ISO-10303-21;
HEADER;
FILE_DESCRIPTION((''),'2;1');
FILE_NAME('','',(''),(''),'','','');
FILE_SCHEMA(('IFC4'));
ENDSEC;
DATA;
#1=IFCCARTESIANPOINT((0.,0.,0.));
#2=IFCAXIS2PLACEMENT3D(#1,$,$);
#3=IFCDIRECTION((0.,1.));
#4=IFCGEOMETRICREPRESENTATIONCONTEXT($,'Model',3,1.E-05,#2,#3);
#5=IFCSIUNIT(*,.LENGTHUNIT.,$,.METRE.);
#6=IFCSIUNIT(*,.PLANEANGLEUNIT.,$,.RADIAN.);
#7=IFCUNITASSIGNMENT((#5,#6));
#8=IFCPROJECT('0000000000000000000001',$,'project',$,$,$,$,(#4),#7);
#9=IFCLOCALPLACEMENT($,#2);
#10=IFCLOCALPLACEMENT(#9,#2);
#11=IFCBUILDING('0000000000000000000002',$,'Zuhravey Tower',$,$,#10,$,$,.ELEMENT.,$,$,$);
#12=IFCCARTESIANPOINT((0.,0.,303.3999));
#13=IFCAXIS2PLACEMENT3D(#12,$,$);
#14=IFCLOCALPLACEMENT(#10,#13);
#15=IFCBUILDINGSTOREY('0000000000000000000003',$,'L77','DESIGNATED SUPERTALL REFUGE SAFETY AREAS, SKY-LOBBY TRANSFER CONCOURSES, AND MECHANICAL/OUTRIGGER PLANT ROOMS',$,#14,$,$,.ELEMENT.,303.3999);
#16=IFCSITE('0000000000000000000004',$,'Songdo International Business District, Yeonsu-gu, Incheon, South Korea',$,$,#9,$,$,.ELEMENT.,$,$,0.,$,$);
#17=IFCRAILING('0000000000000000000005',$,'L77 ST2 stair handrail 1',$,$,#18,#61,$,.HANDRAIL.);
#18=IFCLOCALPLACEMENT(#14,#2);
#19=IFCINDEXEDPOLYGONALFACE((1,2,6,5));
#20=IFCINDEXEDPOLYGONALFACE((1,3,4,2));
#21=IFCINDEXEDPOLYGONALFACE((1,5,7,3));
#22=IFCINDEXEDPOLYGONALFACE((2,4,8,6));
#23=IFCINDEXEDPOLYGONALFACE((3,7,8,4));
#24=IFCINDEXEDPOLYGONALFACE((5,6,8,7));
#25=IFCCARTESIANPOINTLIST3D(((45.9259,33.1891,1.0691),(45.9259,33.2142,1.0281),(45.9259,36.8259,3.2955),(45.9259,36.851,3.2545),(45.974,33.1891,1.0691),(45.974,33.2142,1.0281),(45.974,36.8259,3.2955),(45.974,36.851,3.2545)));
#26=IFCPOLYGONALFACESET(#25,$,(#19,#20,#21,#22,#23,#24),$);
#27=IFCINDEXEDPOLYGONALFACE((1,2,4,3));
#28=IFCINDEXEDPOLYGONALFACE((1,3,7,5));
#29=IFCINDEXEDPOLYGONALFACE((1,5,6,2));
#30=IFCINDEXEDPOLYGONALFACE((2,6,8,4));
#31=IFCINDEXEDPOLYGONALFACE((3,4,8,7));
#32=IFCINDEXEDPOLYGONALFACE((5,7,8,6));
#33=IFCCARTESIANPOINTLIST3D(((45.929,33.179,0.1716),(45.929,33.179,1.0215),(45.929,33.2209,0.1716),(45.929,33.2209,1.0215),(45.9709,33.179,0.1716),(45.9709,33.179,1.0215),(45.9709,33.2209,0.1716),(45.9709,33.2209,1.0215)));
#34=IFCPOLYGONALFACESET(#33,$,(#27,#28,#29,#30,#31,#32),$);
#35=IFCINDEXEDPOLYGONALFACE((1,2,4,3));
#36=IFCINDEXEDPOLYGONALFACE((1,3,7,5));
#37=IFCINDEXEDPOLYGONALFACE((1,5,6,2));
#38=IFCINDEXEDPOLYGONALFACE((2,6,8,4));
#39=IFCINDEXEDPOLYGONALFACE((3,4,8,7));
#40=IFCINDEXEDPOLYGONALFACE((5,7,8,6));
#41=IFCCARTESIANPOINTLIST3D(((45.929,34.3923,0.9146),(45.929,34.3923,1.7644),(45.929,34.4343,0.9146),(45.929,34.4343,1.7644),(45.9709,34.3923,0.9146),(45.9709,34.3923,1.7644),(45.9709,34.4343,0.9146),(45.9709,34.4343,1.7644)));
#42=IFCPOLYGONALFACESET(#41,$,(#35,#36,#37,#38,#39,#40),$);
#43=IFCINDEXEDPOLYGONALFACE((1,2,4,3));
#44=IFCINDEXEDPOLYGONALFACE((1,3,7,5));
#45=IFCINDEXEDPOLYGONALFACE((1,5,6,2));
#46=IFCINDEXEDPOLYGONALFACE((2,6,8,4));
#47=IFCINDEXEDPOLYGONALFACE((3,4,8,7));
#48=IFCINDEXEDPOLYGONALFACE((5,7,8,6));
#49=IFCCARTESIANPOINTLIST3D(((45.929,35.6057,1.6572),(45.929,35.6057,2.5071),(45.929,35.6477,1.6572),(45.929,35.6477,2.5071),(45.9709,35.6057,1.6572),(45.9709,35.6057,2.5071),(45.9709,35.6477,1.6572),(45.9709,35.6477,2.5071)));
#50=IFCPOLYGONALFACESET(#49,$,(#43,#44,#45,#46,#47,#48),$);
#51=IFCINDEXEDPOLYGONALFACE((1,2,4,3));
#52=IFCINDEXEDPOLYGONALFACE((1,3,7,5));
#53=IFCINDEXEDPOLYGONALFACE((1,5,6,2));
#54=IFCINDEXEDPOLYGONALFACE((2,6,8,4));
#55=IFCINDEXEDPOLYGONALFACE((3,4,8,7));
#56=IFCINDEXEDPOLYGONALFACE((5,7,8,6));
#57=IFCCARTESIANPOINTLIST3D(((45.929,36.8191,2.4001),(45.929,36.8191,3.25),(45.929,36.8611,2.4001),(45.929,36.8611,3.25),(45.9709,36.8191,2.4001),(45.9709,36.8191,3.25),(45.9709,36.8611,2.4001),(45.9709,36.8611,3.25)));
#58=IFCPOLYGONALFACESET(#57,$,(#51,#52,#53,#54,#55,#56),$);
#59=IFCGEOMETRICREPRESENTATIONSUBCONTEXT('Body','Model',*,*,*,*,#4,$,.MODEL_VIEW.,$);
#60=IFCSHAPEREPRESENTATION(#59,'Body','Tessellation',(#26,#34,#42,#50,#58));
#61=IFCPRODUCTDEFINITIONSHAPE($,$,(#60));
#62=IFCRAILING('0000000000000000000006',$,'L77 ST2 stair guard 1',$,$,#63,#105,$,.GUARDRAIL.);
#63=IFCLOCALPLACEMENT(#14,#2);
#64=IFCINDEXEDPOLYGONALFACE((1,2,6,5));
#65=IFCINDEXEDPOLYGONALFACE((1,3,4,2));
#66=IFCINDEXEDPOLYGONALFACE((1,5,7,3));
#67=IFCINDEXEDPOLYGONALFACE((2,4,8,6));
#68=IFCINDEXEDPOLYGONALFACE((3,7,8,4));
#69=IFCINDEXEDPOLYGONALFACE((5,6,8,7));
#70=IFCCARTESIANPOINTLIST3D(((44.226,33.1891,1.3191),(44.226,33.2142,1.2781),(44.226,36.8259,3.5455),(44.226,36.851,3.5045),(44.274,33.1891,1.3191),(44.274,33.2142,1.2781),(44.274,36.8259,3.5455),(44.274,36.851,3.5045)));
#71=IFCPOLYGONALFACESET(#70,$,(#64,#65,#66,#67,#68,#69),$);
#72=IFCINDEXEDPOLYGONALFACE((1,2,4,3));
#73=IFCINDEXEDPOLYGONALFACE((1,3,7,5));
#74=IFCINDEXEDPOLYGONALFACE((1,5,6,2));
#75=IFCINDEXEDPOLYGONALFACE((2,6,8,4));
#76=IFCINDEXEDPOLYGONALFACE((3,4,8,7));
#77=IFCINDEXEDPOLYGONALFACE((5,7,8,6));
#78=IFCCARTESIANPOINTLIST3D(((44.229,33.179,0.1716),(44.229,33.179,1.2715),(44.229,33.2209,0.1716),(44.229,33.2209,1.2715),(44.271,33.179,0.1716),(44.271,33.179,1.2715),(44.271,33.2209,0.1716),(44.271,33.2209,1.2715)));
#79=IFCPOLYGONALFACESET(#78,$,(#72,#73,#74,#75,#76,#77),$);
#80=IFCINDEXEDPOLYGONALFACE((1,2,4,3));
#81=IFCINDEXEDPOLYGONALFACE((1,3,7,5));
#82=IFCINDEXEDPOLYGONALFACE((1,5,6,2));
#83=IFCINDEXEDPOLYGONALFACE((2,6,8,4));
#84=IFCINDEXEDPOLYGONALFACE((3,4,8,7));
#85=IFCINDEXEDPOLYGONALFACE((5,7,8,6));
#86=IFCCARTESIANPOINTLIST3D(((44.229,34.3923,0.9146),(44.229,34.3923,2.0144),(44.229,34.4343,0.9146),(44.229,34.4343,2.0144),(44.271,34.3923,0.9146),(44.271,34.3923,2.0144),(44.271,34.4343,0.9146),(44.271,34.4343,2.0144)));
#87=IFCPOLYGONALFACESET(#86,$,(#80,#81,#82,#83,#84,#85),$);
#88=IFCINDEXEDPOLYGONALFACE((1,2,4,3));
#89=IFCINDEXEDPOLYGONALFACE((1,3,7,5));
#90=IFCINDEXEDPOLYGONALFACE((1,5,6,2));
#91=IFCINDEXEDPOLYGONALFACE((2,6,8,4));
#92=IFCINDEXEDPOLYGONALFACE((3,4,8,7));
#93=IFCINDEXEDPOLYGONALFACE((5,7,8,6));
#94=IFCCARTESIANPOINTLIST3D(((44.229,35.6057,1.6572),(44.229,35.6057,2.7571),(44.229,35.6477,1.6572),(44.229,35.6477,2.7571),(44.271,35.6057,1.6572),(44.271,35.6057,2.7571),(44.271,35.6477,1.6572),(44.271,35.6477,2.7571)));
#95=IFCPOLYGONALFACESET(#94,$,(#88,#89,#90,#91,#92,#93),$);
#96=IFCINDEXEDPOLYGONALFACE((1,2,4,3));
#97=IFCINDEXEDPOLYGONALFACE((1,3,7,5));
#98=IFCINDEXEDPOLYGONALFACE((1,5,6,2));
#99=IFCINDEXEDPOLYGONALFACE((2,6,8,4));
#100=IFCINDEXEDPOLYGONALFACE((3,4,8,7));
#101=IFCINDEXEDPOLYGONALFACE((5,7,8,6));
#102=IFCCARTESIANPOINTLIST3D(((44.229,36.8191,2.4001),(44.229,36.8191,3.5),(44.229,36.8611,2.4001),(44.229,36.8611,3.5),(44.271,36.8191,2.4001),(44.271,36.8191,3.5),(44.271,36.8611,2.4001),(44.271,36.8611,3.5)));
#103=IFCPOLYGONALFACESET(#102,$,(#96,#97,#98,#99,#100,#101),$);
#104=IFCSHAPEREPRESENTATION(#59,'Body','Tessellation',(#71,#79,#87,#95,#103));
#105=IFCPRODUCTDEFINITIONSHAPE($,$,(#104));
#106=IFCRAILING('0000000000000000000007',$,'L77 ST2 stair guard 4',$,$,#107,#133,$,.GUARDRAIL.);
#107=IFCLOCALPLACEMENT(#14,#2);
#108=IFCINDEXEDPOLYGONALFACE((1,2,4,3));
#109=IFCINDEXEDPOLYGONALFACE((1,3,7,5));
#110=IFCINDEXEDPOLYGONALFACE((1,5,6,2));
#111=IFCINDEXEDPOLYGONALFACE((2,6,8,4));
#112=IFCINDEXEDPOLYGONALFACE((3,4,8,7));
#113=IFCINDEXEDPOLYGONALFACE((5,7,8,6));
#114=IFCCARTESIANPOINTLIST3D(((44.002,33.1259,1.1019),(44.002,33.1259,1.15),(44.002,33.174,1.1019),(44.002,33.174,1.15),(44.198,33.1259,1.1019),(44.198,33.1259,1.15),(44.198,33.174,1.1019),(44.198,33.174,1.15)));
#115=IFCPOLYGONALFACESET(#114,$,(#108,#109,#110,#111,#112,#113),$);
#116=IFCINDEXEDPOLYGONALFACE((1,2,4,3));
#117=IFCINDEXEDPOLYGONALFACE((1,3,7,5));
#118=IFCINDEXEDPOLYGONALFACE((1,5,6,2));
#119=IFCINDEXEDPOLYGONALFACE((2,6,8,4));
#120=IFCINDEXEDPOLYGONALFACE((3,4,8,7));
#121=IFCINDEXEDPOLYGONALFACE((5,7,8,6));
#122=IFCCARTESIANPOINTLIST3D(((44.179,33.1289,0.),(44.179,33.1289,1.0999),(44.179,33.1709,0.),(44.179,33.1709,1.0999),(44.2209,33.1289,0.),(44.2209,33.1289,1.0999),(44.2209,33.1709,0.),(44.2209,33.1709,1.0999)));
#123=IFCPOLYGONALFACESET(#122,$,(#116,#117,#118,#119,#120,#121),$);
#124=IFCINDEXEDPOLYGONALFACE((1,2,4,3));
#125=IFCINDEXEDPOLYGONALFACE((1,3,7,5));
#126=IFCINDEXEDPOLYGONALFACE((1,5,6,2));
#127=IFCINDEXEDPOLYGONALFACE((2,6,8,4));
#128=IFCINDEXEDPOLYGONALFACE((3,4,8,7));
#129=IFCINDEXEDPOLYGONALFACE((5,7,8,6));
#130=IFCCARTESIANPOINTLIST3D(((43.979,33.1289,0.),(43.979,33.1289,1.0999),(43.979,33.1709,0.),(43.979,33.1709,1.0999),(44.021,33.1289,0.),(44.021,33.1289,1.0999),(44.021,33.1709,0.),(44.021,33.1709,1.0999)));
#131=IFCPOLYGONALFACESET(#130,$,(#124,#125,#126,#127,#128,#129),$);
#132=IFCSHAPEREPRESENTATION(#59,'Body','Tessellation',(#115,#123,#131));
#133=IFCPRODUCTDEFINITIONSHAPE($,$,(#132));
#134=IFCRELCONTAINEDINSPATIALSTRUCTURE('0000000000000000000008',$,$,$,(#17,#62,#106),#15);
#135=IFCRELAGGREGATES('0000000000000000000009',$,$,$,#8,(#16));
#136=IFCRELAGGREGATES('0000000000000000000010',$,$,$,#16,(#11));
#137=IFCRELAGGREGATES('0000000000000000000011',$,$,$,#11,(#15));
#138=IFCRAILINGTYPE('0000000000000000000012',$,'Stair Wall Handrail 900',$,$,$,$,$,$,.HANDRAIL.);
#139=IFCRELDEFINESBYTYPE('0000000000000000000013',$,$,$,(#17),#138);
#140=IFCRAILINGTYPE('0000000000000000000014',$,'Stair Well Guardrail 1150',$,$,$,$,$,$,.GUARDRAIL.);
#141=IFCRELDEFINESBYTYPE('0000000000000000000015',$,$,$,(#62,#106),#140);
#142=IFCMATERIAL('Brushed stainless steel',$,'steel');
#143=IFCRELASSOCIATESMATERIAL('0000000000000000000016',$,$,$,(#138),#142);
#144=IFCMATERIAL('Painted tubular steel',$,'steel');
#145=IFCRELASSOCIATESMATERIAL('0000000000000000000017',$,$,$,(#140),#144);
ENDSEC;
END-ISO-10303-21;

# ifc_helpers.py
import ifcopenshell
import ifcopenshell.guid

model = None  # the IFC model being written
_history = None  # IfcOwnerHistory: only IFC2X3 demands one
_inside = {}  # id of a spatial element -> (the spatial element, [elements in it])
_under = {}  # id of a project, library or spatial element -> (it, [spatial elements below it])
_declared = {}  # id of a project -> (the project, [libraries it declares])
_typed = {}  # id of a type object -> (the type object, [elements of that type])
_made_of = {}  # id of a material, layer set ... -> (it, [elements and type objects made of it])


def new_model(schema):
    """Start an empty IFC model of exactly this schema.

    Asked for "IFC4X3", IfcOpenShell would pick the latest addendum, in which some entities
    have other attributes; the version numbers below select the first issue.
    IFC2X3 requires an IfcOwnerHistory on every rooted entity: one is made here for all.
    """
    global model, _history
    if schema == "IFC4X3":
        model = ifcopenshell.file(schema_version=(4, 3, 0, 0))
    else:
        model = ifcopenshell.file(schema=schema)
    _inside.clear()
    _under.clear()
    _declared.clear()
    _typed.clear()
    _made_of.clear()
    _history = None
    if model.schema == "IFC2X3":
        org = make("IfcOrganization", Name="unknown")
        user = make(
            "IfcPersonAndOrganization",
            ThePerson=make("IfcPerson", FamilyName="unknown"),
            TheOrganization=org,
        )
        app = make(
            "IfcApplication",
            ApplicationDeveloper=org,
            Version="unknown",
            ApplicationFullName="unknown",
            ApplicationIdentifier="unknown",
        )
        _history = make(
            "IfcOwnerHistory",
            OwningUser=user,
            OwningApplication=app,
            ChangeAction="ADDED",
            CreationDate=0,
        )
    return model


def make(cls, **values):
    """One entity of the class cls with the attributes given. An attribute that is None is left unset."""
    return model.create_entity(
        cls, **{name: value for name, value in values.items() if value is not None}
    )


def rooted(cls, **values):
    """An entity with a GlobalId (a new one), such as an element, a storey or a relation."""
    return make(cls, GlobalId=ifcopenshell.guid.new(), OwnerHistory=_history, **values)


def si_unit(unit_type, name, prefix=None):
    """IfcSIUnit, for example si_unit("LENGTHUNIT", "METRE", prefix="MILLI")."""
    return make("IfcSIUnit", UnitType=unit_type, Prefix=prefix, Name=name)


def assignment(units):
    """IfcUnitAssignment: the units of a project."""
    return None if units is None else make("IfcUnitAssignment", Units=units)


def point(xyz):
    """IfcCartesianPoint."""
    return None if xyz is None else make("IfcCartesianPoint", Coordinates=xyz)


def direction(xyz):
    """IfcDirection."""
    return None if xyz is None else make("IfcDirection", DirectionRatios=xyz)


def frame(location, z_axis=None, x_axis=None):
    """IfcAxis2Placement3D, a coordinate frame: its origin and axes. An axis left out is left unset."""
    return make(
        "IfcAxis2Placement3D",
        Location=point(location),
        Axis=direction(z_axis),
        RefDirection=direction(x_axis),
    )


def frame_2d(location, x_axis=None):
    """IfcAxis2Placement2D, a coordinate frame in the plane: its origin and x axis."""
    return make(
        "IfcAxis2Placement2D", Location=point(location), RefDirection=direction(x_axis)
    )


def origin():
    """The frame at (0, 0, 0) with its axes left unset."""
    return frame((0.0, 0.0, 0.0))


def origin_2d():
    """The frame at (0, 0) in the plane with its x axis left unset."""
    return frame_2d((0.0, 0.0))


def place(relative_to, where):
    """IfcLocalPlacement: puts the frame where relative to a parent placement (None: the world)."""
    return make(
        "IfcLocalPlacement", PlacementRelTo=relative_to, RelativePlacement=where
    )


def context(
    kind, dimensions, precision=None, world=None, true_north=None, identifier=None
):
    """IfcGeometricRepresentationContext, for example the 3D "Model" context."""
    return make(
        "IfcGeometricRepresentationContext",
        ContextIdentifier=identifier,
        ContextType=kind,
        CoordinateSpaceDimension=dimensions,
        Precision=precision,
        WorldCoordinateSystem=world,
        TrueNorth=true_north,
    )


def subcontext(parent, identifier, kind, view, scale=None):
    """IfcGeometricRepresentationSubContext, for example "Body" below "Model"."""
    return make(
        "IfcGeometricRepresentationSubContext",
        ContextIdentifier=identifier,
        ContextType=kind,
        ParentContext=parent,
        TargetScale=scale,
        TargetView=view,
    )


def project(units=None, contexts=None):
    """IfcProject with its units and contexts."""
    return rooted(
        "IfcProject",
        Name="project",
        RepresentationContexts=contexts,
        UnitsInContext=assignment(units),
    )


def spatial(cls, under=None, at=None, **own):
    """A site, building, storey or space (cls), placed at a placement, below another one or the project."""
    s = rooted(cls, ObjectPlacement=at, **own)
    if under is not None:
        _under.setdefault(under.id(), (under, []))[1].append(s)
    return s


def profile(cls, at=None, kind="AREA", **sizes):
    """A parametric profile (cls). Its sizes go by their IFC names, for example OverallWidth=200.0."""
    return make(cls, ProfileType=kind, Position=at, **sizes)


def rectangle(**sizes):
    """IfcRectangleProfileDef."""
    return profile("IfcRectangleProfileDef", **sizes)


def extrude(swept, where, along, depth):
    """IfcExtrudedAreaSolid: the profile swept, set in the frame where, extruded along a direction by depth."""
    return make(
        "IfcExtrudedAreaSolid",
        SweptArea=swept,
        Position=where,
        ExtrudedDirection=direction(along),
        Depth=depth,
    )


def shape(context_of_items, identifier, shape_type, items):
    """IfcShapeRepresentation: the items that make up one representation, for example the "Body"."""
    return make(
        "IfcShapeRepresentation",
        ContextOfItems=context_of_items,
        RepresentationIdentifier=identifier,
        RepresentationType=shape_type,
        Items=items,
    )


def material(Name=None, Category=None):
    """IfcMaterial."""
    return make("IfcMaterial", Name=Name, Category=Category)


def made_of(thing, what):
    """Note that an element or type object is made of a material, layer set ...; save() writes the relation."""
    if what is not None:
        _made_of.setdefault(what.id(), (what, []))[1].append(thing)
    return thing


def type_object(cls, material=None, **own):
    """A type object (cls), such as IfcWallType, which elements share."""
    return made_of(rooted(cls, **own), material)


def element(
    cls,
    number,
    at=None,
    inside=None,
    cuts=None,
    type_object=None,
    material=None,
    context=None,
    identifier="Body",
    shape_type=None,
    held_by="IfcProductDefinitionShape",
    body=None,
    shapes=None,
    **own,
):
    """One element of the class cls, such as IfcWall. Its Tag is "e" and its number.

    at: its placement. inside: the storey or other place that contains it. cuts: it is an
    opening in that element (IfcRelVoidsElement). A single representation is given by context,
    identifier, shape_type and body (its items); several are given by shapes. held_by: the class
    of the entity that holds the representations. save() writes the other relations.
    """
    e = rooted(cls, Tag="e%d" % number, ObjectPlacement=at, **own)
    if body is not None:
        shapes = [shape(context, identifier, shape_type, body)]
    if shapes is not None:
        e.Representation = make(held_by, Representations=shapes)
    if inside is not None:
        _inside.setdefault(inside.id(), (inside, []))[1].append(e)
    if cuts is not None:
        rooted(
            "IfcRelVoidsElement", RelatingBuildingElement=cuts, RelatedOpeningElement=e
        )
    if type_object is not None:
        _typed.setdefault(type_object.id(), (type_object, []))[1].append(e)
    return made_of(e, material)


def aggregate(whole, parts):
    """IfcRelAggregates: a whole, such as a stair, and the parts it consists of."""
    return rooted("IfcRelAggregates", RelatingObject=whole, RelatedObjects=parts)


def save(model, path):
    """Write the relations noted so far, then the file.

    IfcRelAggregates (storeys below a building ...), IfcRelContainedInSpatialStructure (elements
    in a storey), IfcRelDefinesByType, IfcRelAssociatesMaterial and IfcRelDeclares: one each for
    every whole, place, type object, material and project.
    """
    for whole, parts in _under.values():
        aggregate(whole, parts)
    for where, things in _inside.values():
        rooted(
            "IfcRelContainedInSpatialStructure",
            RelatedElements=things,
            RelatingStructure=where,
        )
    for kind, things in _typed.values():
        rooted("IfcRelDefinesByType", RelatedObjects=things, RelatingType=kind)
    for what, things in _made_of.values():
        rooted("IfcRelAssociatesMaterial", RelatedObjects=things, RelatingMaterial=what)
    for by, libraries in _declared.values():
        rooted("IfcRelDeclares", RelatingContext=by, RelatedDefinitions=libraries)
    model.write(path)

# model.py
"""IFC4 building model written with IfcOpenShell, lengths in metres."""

from ifc_helpers import new_model, si_unit, direction, frame, origin, origin_2d, place, context, subcontext, project, spatial, rectangle, extrude, material, type_object, element, save


model = new_model("IFC4")

# Units and contexts
model_context = context("Model", 3, precision=1e-05, world=origin(), true_north=direction((0.0, 1.0)))
body_context = subcontext(model_context, "Body", "Model", "MODEL_VIEW")
ifc_project = project(units=[si_unit("LENGTHUNIT", "METRE"), si_unit("PLANEANGLEUNIT", "RADIAN")], contexts=[model_context])

# Site, building, storey
site_placement = place(None, origin())
site = spatial("IfcSite", under=ifc_project, at=site_placement, Name="Songdo International Business District, Yeonsu-gu, Incheon, South Korea", CompositionType="ELEMENT", RefElevation=0.0)
building_placement = place(site_placement, origin())
building = spatial("IfcBuilding", under=site, at=building_placement, Name="Zuhravey Tower", CompositionType="ELEMENT")
storey_placement = place(building_placement, frame((0.0, 0.0, 303.3999)))
storey = spatial("IfcBuildingStorey", under=building, at=storey_placement, Name="L77", Description="DESIGNATED SUPERTALL REFUGE SAFETY AREAS, SKY-LOBBY TRANSFER CONCOURSES, AND MECHANICAL/OUTRIGGER PLANT ROOMS", CompositionType="ELEMENT", Elevation=303.3999)

# Shared definitions
ifc_material_1 = material(Name="Brushed stainless steel", Category="steel")

# Railings
railing_type_1 = type_object("IfcRailingType", Name="Stair Wall Handrail 900", PredefinedType="HANDRAIL", material=ifc_material_1)
railing_1_placement = place(storey_placement, frame((45.95, 33.2, 0.1716)))
element("IfcRailing", 1, at=railing_1_placement, inside=storey, type_object=railing_type_1, Name="L77 ST2 stair handrail 1", PredefinedType="HANDRAIL", context=body_context, shape_type="SweptSolid", body=[
    extrude(rectangle(XDim=0.0481, YDim=0.0481, at=origin_2d()), frame((0.0, 0.0017, 0.877), z_axis=(0.0, 0.852866, 0.52213), x_axis=(-1.0, 0.0, 0.0)), (0.0, 0.0, 1.0), 4.2642),
    extrude(rectangle(XDim=0.042, YDim=0.042, at=origin_2d()), origin(), (0.0, 0.0, 1.0), 0.8499),
    extrude(rectangle(XDim=0.042, YDim=0.042, at=origin_2d()), frame((0.0, 1.2134, 0.7429)), (0.0, 0.0, 1.0), 0.8499),
    extrude(rectangle(XDim=0.042, YDim=0.042, at=origin_2d()), frame((0.0, 2.4268, 1.4856)), (0.0, 0.0, 1.0), 0.8499),
    extrude(rectangle(XDim=0.042, YDim=0.042, at=origin_2d()), frame((0.0, 3.6401, 2.2285)), (0.0, 0.0, 1.0), 0.8499),
])
ifc_material_2 = material(Name="Painted tubular steel", Category="steel")
railing_type_2 = type_object("IfcRailingType", Name="Stair Well Guardrail 1150", PredefinedType="GUARDRAIL", material=ifc_material_2)
railing_2_placement = place(storey_placement, frame((44.25, 33.2, 0.1716)))
element("IfcRailing", 2, at=railing_2_placement, inside=storey, type_object=railing_type_2, Name="L77 ST2 stair guard 1", PredefinedType="GUARDRAIL", context=body_context, shape_type="SweptSolid", body=[
    extrude(rectangle(XDim=0.0481, YDim=0.0481, at=origin_2d()), frame((0.0, 0.0017, 1.127), z_axis=(0.0, 0.852866, 0.52213), x_axis=(-1.0, 0.0, 0.0)), (0.0, 0.0, 1.0), 4.2642),
    extrude(rectangle(XDim=0.042, YDim=0.042, at=origin_2d()), origin(), (0.0, 0.0, 1.0), 1.0999),
    extrude(rectangle(XDim=0.042, YDim=0.042, at=origin_2d()), frame((0.0, 1.2134, 0.7429)), (0.0, 0.0, 1.0), 1.0999),
    extrude(rectangle(XDim=0.042, YDim=0.042, at=origin_2d()), frame((0.0, 2.4268, 1.4856)), (0.0, 0.0, 1.0), 1.0999),
    extrude(rectangle(XDim=0.042, YDim=0.042, at=origin_2d()), frame((0.0, 3.6401, 2.2285)), (0.0, 0.0, 1.0), 1.0999),
])
railing_3_placement = place(storey_placement, frame((44.2, 33.1499, 0.0)))
element("IfcRailing", 3, at=railing_3_placement, inside=storey, type_object=railing_type_2, Name="L77 ST2 stair guard 4", PredefinedType="GUARDRAIL", context=body_context, shape_type="SweptSolid", body=[
    extrude(rectangle(XDim=0.0481, YDim=0.0481, at=origin_2d()), frame((-0.002, 0.0, 1.126), z_axis=(-1.0, 0.0, 0.0), x_axis=(0.0, -1.0, 0.0)), (0.0, 0.0, 1.0), 0.196),
    extrude(rectangle(XDim=0.042, YDim=0.042, at=origin_2d()), origin(), (0.0, 0.0, 1.0), 1.0999),
    extrude(rectangle(XDim=0.042, YDim=0.042, at=origin_2d()), frame((-0.2, 0.0, 0.0)), (0.0, 0.0, 1.0), 1.0999),
])

save(model, "model.ifc")
